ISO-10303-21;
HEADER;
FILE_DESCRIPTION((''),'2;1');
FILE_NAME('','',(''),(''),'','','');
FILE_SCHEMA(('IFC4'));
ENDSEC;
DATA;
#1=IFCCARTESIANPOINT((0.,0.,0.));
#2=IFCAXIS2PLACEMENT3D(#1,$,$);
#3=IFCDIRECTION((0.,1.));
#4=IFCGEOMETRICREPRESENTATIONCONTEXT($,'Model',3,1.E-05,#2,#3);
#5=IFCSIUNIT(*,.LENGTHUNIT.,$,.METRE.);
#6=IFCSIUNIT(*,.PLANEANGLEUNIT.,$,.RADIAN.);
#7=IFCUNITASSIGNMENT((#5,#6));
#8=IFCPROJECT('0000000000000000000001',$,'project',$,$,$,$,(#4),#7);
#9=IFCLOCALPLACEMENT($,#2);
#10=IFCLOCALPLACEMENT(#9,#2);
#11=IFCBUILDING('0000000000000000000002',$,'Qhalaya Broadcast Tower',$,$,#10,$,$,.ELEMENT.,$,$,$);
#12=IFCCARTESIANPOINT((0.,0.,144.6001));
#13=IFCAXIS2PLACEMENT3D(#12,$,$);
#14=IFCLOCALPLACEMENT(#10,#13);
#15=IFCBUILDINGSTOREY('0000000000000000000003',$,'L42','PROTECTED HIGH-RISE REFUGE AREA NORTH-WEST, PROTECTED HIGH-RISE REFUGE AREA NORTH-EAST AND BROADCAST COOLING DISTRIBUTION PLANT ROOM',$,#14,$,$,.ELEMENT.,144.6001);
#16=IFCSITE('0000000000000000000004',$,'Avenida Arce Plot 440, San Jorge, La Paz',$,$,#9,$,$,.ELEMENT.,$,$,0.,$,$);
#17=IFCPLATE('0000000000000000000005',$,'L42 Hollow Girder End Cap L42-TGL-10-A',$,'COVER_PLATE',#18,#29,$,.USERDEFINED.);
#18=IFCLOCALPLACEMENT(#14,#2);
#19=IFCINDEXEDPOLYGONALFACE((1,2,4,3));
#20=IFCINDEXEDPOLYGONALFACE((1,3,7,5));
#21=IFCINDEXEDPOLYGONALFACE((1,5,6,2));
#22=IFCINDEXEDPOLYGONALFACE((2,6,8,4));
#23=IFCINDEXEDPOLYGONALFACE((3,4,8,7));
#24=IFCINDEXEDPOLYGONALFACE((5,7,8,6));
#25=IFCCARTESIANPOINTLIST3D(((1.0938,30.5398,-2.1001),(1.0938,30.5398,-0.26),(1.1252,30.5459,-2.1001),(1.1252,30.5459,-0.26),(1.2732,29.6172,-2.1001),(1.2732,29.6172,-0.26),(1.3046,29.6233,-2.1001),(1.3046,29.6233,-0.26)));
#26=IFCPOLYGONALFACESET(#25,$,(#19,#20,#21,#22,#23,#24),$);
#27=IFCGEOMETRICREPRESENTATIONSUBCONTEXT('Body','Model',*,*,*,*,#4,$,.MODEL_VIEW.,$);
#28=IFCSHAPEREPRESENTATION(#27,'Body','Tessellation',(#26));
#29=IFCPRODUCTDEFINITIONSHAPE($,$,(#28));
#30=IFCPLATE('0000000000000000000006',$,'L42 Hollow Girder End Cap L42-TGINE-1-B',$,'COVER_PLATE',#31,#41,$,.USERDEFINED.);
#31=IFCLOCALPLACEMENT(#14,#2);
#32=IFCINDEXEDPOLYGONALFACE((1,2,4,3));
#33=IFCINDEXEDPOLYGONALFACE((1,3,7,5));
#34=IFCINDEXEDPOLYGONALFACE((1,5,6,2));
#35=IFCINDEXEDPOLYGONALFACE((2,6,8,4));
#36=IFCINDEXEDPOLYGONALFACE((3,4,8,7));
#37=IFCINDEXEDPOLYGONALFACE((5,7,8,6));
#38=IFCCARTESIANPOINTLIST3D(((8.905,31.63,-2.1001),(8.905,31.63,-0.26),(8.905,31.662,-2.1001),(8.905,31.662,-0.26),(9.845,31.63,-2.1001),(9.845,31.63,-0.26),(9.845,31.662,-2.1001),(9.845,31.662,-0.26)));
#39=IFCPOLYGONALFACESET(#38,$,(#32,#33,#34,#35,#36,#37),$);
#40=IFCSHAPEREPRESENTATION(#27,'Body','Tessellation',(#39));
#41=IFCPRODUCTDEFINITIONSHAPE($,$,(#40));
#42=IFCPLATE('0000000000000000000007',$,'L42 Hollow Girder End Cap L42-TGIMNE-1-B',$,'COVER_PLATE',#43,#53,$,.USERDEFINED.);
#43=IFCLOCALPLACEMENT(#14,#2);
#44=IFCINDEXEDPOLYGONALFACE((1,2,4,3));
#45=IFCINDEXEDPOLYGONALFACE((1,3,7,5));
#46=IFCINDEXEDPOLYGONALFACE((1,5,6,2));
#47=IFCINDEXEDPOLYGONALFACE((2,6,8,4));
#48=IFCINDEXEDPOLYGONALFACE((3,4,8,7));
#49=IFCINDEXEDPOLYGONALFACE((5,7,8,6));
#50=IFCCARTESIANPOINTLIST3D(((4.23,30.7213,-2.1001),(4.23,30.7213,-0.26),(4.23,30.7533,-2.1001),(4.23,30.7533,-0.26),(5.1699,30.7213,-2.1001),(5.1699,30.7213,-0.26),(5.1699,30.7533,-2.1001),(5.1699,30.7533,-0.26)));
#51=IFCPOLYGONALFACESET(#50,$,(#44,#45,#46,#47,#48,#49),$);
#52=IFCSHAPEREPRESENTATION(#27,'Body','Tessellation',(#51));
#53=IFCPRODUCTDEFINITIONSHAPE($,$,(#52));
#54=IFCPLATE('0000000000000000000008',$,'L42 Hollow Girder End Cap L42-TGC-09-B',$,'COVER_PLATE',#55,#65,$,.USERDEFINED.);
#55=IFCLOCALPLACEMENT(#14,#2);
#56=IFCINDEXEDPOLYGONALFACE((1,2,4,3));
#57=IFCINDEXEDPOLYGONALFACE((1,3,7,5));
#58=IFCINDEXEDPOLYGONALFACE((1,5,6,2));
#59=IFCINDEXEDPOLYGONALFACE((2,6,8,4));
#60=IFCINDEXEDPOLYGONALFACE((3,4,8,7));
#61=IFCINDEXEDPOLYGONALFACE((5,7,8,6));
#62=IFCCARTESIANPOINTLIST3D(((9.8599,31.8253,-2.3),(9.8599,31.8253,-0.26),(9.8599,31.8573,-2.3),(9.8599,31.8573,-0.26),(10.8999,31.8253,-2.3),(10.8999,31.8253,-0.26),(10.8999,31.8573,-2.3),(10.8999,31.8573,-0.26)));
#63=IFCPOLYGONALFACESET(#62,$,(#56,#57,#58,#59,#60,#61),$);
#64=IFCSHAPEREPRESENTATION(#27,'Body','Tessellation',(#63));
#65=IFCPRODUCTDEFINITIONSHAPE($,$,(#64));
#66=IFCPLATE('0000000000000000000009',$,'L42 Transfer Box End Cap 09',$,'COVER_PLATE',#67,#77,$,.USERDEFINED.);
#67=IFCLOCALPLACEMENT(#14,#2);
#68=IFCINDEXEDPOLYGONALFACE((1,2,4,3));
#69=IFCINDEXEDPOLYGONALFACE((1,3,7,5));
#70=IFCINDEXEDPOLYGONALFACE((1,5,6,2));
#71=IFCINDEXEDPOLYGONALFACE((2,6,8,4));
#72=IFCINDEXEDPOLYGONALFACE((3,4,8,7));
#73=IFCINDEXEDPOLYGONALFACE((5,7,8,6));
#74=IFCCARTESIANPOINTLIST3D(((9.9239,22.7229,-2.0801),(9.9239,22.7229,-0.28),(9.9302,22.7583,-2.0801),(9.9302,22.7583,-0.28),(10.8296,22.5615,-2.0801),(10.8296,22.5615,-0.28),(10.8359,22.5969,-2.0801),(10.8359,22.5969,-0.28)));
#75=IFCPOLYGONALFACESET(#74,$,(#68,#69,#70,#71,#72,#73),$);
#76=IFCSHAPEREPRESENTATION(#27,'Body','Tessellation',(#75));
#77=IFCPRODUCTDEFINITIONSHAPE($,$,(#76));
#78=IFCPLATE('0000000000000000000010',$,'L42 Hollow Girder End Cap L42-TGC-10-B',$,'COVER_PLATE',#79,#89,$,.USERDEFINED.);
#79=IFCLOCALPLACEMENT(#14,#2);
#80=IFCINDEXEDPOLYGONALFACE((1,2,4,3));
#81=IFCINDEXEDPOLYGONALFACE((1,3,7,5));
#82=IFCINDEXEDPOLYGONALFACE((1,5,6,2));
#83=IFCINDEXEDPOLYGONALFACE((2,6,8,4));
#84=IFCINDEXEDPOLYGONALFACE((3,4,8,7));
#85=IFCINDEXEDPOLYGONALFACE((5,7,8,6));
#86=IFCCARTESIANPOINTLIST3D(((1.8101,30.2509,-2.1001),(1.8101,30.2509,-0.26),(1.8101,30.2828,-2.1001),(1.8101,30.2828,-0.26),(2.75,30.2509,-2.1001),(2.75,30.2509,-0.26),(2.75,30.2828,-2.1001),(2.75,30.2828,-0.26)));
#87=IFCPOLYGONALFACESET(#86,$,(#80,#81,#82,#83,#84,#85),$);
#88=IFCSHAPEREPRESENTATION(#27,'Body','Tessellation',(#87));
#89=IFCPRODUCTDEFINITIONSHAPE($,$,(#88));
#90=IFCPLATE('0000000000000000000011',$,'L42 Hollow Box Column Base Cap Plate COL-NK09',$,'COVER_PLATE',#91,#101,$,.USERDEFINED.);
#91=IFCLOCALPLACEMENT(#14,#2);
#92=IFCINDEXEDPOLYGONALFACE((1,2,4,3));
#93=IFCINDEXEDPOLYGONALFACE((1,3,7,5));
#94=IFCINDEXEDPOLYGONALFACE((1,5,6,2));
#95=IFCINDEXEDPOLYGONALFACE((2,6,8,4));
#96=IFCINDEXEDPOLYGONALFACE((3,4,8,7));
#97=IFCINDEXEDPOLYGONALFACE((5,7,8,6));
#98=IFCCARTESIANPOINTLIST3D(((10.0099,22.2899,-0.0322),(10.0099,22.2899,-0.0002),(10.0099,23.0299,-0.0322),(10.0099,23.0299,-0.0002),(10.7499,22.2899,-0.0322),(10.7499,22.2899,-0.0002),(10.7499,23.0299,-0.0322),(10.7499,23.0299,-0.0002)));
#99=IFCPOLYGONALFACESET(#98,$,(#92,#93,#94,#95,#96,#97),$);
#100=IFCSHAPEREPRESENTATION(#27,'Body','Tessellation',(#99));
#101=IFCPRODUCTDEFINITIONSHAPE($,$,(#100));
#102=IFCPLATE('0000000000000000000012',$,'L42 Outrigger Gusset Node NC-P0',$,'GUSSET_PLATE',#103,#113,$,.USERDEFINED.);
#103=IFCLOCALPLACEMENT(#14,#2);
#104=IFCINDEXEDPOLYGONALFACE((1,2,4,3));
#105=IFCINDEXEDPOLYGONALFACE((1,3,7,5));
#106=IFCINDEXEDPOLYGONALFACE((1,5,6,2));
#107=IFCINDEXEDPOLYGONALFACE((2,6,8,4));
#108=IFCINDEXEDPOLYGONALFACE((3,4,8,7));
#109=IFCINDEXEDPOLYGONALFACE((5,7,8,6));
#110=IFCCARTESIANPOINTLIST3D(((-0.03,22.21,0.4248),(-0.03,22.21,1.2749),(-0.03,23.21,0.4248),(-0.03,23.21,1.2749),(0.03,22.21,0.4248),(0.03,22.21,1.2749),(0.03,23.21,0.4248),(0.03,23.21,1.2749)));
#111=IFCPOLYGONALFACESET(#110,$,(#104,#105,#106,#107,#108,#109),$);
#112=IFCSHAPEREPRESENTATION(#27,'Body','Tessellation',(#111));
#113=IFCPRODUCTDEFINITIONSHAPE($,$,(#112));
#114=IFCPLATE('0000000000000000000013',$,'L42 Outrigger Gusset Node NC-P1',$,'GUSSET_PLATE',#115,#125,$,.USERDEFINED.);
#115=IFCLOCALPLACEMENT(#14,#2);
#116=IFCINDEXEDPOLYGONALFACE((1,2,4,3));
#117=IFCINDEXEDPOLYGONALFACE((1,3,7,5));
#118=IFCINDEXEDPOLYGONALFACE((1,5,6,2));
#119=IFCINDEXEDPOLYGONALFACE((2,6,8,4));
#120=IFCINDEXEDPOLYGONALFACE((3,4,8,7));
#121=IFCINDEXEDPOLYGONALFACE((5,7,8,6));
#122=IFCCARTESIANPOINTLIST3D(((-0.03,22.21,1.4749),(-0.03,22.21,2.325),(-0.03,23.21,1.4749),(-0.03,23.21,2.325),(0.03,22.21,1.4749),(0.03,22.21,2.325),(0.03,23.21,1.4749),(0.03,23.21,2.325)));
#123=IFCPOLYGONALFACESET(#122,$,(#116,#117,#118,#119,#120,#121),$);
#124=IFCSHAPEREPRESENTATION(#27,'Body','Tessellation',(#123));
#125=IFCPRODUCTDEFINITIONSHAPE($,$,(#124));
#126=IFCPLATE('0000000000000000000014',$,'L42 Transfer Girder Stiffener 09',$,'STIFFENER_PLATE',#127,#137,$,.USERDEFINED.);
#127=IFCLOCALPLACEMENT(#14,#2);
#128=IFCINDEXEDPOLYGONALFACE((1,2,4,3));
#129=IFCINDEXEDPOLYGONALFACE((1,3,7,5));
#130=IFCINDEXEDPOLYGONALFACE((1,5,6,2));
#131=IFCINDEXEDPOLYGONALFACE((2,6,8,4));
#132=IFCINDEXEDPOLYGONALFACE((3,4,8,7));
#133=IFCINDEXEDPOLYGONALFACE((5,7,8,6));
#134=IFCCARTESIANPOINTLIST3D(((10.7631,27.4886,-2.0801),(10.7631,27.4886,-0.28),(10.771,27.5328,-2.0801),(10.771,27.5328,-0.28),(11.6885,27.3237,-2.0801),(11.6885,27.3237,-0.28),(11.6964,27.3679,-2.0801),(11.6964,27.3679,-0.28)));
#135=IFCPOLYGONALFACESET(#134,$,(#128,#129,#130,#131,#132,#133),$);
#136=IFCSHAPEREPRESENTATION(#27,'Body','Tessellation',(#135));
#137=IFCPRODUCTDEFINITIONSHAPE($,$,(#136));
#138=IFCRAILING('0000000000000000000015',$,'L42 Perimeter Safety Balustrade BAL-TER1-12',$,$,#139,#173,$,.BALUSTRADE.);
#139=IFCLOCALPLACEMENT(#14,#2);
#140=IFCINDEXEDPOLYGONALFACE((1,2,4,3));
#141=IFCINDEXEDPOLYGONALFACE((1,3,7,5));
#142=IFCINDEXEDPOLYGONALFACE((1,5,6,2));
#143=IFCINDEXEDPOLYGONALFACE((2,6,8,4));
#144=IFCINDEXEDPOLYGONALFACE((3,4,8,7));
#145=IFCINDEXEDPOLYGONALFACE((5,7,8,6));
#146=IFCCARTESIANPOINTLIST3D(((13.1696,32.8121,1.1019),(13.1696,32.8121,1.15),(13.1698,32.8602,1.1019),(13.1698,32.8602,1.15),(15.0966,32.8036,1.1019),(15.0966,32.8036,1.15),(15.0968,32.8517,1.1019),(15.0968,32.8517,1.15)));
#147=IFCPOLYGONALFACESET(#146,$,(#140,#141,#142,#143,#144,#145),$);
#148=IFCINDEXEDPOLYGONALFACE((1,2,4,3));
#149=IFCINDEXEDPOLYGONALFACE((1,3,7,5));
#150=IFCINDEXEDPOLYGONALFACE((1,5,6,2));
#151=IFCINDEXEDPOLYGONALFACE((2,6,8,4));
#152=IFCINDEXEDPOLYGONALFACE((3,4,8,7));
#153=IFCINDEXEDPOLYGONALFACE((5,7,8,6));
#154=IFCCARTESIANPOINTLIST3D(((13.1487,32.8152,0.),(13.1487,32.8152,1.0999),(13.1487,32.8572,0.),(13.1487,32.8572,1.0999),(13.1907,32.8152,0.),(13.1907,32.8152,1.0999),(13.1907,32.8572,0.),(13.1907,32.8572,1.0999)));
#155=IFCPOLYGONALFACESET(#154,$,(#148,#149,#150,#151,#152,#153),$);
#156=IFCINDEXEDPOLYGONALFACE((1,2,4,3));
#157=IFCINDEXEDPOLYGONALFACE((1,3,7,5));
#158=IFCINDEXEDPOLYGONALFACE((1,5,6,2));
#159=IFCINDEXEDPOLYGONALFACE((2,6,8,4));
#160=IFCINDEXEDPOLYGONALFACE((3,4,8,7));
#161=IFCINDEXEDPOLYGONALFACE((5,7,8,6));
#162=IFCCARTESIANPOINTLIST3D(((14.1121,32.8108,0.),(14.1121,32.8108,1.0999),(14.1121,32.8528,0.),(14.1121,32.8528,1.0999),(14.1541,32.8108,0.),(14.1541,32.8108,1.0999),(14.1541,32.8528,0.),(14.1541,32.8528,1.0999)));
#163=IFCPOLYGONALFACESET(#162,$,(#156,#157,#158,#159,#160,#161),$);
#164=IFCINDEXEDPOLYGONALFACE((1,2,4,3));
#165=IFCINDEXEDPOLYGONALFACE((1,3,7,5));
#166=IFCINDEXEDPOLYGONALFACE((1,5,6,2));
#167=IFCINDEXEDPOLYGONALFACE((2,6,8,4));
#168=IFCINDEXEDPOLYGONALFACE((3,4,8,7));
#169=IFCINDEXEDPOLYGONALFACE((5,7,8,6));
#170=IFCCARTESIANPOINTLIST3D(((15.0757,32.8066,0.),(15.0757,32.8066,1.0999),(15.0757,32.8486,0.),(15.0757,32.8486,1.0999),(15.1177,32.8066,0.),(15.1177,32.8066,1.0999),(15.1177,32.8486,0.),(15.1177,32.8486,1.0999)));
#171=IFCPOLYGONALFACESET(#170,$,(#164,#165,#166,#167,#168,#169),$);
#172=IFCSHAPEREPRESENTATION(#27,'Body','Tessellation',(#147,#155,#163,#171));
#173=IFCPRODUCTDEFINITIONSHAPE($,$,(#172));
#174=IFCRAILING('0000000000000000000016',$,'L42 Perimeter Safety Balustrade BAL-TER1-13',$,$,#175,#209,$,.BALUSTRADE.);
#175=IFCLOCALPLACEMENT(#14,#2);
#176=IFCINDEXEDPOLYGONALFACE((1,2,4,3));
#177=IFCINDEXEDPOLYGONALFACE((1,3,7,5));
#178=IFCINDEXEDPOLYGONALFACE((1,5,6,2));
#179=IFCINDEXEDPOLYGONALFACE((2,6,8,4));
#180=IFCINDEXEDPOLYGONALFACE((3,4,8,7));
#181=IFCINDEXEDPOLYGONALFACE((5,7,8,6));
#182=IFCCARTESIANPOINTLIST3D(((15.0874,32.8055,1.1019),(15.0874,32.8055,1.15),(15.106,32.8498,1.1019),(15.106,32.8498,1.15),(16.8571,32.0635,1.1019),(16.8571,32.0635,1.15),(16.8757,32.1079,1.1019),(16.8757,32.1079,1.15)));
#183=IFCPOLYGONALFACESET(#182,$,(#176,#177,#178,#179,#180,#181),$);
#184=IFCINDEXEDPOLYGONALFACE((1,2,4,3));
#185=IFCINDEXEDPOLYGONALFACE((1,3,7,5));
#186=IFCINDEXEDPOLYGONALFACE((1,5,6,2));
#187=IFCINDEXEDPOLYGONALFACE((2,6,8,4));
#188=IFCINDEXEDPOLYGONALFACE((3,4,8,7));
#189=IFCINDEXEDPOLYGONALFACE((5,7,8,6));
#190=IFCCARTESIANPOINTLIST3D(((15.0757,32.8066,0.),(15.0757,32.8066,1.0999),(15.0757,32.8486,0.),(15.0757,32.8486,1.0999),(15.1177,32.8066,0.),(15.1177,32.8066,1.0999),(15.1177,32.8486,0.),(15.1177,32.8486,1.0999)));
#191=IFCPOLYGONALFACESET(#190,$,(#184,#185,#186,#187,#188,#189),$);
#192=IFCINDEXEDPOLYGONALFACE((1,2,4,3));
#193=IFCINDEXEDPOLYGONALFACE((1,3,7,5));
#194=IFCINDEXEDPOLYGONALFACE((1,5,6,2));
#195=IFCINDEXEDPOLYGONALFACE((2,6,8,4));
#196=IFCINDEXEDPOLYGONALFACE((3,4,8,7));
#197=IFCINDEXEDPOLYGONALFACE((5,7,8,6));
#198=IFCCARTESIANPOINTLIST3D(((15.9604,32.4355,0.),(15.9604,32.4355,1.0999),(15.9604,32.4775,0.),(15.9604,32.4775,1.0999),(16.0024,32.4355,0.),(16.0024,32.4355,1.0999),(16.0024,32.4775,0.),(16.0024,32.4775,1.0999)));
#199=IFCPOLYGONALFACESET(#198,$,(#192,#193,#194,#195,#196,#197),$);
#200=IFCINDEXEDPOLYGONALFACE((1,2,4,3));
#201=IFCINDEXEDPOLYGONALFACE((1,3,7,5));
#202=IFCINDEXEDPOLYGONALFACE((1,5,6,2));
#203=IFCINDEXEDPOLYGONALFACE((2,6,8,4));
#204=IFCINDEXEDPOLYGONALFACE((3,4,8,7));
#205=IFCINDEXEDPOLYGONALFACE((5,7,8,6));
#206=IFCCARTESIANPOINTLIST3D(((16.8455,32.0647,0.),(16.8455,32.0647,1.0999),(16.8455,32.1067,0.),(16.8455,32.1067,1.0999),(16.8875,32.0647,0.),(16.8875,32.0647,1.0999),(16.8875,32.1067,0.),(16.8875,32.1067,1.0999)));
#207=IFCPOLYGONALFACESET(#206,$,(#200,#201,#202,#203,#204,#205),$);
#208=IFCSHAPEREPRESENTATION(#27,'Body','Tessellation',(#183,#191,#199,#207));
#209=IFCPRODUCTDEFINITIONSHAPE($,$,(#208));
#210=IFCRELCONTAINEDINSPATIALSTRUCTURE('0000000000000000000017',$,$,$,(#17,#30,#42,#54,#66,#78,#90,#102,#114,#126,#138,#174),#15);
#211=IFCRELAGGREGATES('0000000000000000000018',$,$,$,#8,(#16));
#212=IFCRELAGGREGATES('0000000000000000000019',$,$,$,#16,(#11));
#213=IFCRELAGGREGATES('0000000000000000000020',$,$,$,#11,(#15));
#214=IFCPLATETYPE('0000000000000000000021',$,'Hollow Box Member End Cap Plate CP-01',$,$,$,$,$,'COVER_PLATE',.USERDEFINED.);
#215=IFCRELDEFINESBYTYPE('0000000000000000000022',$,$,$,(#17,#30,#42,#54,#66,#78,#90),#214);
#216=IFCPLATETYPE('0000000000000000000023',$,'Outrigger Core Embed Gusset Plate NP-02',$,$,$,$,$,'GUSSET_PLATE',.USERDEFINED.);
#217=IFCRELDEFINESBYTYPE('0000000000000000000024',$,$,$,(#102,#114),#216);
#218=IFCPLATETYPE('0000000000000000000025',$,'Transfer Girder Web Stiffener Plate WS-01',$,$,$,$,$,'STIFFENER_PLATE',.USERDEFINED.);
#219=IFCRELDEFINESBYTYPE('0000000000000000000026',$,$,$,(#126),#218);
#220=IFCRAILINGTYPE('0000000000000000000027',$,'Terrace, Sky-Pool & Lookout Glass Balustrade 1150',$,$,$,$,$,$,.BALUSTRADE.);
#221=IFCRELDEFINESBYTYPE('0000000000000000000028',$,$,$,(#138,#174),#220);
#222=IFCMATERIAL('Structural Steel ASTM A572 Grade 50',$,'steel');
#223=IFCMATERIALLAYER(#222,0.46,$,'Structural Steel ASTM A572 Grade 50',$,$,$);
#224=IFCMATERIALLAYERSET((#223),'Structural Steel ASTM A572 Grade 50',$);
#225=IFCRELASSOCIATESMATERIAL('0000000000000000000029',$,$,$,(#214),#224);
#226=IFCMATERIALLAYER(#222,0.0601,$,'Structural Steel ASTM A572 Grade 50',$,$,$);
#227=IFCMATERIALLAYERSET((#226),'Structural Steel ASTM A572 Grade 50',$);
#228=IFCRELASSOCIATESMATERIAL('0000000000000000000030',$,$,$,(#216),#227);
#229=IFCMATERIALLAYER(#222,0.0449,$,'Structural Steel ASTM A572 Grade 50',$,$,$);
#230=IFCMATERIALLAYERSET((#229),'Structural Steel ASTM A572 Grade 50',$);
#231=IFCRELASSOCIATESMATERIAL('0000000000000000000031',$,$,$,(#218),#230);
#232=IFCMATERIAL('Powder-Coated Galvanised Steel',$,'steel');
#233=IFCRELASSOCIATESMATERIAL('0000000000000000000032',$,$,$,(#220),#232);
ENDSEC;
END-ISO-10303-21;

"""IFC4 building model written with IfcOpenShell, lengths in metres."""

from ifc_helpers import new_model, si_unit, direction, frame, origin, origin_2d, place, context, subcontext, project, spatial, rectangle, extrude, material, layer, layer_set, type_object, element, save


model = new_model("IFC4")

# Units and contexts
model_context = context("Model", 3, precision=1e-05, world=origin(), true_north=direction((0.0, 1.0)))
body_context = subcontext(model_context, "Body", "Model", "MODEL_VIEW")
ifc_project = project(units=[si_unit("LENGTHUNIT", "METRE"), si_unit("PLANEANGLEUNIT", "RADIAN")], contexts=[model_context])

# Site, building, storey
site_placement = place(None, origin())
site = spatial("IfcSite", under=ifc_project, at=site_placement, Name="Avenida Arce Plot 440, San Jorge, La Paz", CompositionType="ELEMENT", RefElevation=0.0)
building_placement = place(site_placement, origin())
building = spatial("IfcBuilding", under=site, at=building_placement, Name="Qhalaya Broadcast Tower", CompositionType="ELEMENT")
storey_placement = place(building_placement, frame((0.0, 0.0, 144.6001)))
storey = spatial("IfcBuildingStorey", under=building, at=storey_placement, Name="L42", Description="PROTECTED HIGH-RISE REFUGE AREA NORTH-WEST, PROTECTED HIGH-RISE REFUGE AREA NORTH-EAST AND BROADCAST COOLING DISTRIBUTION PLANT ROOM", CompositionType="ELEMENT", Elevation=144.6001)

# Shared definitions
ifc_material_1 = material(Name="Structural Steel ASTM A572 Grade 50", Category="steel")

# Plates
ifc_layer_1 = layer(ifc_material_1, 0.46, Name="Structural Steel ASTM A572 Grade 50")
ifc_layer_set_1 = layer_set([ifc_layer_1], Name="Structural Steel ASTM A572 Grade 50")
plate_type_1 = type_object("IfcPlateType", Name="Hollow Box Member End Cap Plate CP-01", ElementType="COVER_PLATE", PredefinedType="USERDEFINED", material=ifc_layer_set_1)
for number, where, z_axis, x_axis, name in (
    (1, (1.1992, 30.0815, -2.1001), (0.0, 0.0, 1.0), (0.190809, -0.981627, 0.0), "L42 Hollow Girder End Cap L42-TGL-10-A"),
    (2, (9.375, 31.646, -2.1001), (0.0, 0.0, 1.0), (-1.0, 0.0, 0.0), "L42 Hollow Girder End Cap L42-TGINE-1-B"),
    (3, (4.7, 30.7373, -2.1001), (0.0, 0.0, 1.0), (-1.0, 0.0, 0.0), "L42 Hollow Girder End Cap L42-TGIMNE-1-B"),
):
    element("IfcPlate", number, at=place(storey_placement, frame(where, z_axis=z_axis, x_axis=x_axis)), inside=storey, type_object=plate_type_1, Name=name, ObjectType="COVER_PLATE", PredefinedType="USERDEFINED", context=body_context, shape_type="SweptSolid", body=[
        extrude(rectangle(XDim=0.9399, YDim=0.032, at=origin_2d()), origin(), (0.0, 0.0, 1.0), 1.8401),
    ])
plate_1_placement = place(storey_placement, frame((10.3799, 31.8413, -2.3), z_axis=(0.0, 0.0, 1.0), x_axis=(-1.0, 0.0, 0.0)))
element("IfcPlate", 4, at=plate_1_placement, inside=storey, type_object=plate_type_1, Name="L42 Hollow Girder End Cap L42-TGC-09-B", ObjectType="COVER_PLATE", PredefinedType="USERDEFINED", context=body_context, shape_type="SweptSolid", body=[
    extrude(rectangle(XDim=1.04, YDim=0.032, at=origin_2d()), origin(), (0.0, 0.0, 1.0), 2.04),
])
plate_2_placement = place(storey_placement, frame((10.3799, 22.6599, -2.0801), z_axis=(0.0, 0.0, 1.0), x_axis=(0.984488, -0.175453, 0.0)))
element("IfcPlate", 5, at=plate_2_placement, inside=storey, type_object=plate_type_1, Name="L42 Transfer Box End Cap 09", ObjectType="COVER_PLATE", PredefinedType="USERDEFINED", context=body_context, shape_type="SweptSolid", body=[
    extrude(rectangle(XDim=0.9199, YDim=0.0359, at=origin_2d()), origin(), (0.0, 0.0, 1.0), 1.8),
])
plate_3_placement = place(storey_placement, frame((2.28, 30.2668, -2.1001), z_axis=(0.0, 0.0, 1.0), x_axis=(-1.0, 0.0, 0.0)))
element("IfcPlate", 6, at=plate_3_placement, inside=storey, type_object=plate_type_1, Name="L42 Hollow Girder End Cap L42-TGC-10-B", ObjectType="COVER_PLATE", PredefinedType="USERDEFINED", context=body_context, shape_type="SweptSolid", body=[
    extrude(rectangle(XDim=0.9399, YDim=0.032, at=origin_2d()), origin(), (0.0, 0.0, 1.0), 1.8401),
])
plate_4_placement = place(storey_placement, frame((10.3799, 22.6599, -0.0322), z_axis=(0.0, 0.0, 1.0), x_axis=(1.0, 0.0, 0.0)))
element("IfcPlate", 7, at=plate_4_placement, inside=storey, type_object=plate_type_1, Name="L42 Hollow Box Column Base Cap Plate COL-NK09", ObjectType="COVER_PLATE", PredefinedType="USERDEFINED", context=body_context, shape_type="SweptSolid", body=[
    extrude(rectangle(XDim=0.74, YDim=0.74, at=origin_2d()), origin(), (0.0, 0.0, 1.0), 0.032),
])
ifc_layer_2 = layer(ifc_material_1, 0.0601, Name="Structural Steel ASTM A572 Grade 50")
ifc_layer_set_2 = layer_set([ifc_layer_2], Name="Structural Steel ASTM A572 Grade 50")
plate_type_2 = type_object("IfcPlateType", Name="Outrigger Core Embed Gusset Plate NP-02", ElementType="GUSSET_PLATE", PredefinedType="USERDEFINED", material=ifc_layer_set_2)
for number, where, z_axis, x_axis, name in (
    (8, (0.0, 22.71, 0.4248), (0.0, 0.0, 1.0), (0.0, 1.0, 0.0), "L42 Outrigger Gusset Node NC-P0"),
    (9, (0.0, 22.71, 1.4749), (0.0, 0.0, 1.0), (0.0, 1.0, 0.0), "L42 Outrigger Gusset Node NC-P1"),
):
    element("IfcPlate", number, at=place(storey_placement, frame(where, z_axis=z_axis, x_axis=x_axis)), inside=storey, type_object=plate_type_2, Name=name, ObjectType="GUSSET_PLATE", PredefinedType="USERDEFINED", context=body_context, shape_type="SweptSolid", body=[
        extrude(rectangle(XDim=1.0, YDim=0.0601, at=origin_2d()), origin(), (0.0, 0.0, 1.0), 0.8501),
    ])
ifc_layer_3 = layer(ifc_material_1, 0.0449, Name="Structural Steel ASTM A572 Grade 50")
ifc_layer_set_3 = layer_set([ifc_layer_3], Name="Structural Steel ASTM A572 Grade 50")
plate_type_3 = type_object("IfcPlateType", Name="Transfer Girder Web Stiffener Plate WS-01", ElementType="STIFFENER_PLATE", PredefinedType="USERDEFINED", material=ifc_layer_set_3)
plate_5_placement = place(storey_placement, frame((11.2297, 27.4282, -2.0801), z_axis=(0.0, 0.0, 1.0), x_axis=(0.984488, -0.175453, 0.0)))
element("IfcPlate", 10, at=plate_5_placement, inside=storey, type_object=plate_type_3, Name="L42 Transfer Girder Stiffener 09", ObjectType="STIFFENER_PLATE", PredefinedType="USERDEFINED", context=body_context, shape_type="SweptSolid", body=[
    extrude(rectangle(XDim=0.9399, YDim=0.0449, at=origin_2d()), origin(), (0.0, 0.0, 1.0), 1.8),
])

# Railings
ifc_material_2 = material(Name="Powder-Coated Galvanised Steel", Category="steel")
railing_type = type_object("IfcRailingType", Name="Terrace, Sky-Pool & Lookout Glass Balustrade 1150", PredefinedType="BALUSTRADE", material=ifc_material_2)
railing_1_placement = place(storey_placement, frame((13.1697, 32.8362, 0.0)))
element("IfcRailing", 11, at=railing_1_placement, inside=storey, type_object=railing_type, Name="L42 Perimeter Safety Balustrade BAL-TER1-12", PredefinedType="BALUSTRADE", context=body_context, shape_type="SweptSolid", body=[
    extrude(rectangle(XDim=0.0481, YDim=0.0481, at=origin_2d()), frame((0.0, 0.0, 1.126), z_axis=(0.99999, -0.004434, 0.0), x_axis=(0.004434, 0.99999, 0.0)), (0.0, 0.0, 1.0), 1.927),
    extrude(rectangle(XDim=0.042, YDim=0.042, at=origin_2d()), origin(), (0.0, 0.0, 1.0), 1.0999),
    extrude(rectangle(XDim=0.042, YDim=0.042, at=origin_2d()), frame((0.9634, -0.0044, 0.0)), (0.0, 0.0, 1.0), 1.0999),
    extrude(rectangle(XDim=0.042, YDim=0.042, at=origin_2d()), frame((1.927, -0.0085, 0.0)), (0.0, 0.0, 1.0), 1.0999),
])
railing_2_placement = place(storey_placement, frame((15.0967, 32.8276, 0.0)))
element("IfcRailing", 12, at=railing_2_placement, inside=storey, type_object=railing_type, Name="L42 Perimeter Safety Balustrade BAL-TER1-13", PredefinedType="BALUSTRADE", context=body_context, shape_type="SweptSolid", body=[
    extrude(rectangle(XDim=0.0481, YDim=0.0481, at=origin_2d()), frame((0.0, 0.0, 1.126), z_axis=(0.922235, -0.386629, 0.0), x_axis=(0.386629, 0.922235, 0.0)), (0.0, 0.0, 1.0), 1.9189),
    extrude(rectangle(XDim=0.042, YDim=0.042, at=origin_2d()), origin(), (0.0, 0.0, 1.0), 1.0999),
    extrude(rectangle(XDim=0.042, YDim=0.042, at=origin_2d()), frame((0.8848, -0.3711, 0.0)), (0.0, 0.0, 1.0), 1.0999),
    extrude(rectangle(XDim=0.042, YDim=0.042, at=origin_2d()), frame((1.7698, -0.7419, 0.0)), (0.0, 0.0, 1.0), 1.0999),
])

save(model, "model.ifc")
